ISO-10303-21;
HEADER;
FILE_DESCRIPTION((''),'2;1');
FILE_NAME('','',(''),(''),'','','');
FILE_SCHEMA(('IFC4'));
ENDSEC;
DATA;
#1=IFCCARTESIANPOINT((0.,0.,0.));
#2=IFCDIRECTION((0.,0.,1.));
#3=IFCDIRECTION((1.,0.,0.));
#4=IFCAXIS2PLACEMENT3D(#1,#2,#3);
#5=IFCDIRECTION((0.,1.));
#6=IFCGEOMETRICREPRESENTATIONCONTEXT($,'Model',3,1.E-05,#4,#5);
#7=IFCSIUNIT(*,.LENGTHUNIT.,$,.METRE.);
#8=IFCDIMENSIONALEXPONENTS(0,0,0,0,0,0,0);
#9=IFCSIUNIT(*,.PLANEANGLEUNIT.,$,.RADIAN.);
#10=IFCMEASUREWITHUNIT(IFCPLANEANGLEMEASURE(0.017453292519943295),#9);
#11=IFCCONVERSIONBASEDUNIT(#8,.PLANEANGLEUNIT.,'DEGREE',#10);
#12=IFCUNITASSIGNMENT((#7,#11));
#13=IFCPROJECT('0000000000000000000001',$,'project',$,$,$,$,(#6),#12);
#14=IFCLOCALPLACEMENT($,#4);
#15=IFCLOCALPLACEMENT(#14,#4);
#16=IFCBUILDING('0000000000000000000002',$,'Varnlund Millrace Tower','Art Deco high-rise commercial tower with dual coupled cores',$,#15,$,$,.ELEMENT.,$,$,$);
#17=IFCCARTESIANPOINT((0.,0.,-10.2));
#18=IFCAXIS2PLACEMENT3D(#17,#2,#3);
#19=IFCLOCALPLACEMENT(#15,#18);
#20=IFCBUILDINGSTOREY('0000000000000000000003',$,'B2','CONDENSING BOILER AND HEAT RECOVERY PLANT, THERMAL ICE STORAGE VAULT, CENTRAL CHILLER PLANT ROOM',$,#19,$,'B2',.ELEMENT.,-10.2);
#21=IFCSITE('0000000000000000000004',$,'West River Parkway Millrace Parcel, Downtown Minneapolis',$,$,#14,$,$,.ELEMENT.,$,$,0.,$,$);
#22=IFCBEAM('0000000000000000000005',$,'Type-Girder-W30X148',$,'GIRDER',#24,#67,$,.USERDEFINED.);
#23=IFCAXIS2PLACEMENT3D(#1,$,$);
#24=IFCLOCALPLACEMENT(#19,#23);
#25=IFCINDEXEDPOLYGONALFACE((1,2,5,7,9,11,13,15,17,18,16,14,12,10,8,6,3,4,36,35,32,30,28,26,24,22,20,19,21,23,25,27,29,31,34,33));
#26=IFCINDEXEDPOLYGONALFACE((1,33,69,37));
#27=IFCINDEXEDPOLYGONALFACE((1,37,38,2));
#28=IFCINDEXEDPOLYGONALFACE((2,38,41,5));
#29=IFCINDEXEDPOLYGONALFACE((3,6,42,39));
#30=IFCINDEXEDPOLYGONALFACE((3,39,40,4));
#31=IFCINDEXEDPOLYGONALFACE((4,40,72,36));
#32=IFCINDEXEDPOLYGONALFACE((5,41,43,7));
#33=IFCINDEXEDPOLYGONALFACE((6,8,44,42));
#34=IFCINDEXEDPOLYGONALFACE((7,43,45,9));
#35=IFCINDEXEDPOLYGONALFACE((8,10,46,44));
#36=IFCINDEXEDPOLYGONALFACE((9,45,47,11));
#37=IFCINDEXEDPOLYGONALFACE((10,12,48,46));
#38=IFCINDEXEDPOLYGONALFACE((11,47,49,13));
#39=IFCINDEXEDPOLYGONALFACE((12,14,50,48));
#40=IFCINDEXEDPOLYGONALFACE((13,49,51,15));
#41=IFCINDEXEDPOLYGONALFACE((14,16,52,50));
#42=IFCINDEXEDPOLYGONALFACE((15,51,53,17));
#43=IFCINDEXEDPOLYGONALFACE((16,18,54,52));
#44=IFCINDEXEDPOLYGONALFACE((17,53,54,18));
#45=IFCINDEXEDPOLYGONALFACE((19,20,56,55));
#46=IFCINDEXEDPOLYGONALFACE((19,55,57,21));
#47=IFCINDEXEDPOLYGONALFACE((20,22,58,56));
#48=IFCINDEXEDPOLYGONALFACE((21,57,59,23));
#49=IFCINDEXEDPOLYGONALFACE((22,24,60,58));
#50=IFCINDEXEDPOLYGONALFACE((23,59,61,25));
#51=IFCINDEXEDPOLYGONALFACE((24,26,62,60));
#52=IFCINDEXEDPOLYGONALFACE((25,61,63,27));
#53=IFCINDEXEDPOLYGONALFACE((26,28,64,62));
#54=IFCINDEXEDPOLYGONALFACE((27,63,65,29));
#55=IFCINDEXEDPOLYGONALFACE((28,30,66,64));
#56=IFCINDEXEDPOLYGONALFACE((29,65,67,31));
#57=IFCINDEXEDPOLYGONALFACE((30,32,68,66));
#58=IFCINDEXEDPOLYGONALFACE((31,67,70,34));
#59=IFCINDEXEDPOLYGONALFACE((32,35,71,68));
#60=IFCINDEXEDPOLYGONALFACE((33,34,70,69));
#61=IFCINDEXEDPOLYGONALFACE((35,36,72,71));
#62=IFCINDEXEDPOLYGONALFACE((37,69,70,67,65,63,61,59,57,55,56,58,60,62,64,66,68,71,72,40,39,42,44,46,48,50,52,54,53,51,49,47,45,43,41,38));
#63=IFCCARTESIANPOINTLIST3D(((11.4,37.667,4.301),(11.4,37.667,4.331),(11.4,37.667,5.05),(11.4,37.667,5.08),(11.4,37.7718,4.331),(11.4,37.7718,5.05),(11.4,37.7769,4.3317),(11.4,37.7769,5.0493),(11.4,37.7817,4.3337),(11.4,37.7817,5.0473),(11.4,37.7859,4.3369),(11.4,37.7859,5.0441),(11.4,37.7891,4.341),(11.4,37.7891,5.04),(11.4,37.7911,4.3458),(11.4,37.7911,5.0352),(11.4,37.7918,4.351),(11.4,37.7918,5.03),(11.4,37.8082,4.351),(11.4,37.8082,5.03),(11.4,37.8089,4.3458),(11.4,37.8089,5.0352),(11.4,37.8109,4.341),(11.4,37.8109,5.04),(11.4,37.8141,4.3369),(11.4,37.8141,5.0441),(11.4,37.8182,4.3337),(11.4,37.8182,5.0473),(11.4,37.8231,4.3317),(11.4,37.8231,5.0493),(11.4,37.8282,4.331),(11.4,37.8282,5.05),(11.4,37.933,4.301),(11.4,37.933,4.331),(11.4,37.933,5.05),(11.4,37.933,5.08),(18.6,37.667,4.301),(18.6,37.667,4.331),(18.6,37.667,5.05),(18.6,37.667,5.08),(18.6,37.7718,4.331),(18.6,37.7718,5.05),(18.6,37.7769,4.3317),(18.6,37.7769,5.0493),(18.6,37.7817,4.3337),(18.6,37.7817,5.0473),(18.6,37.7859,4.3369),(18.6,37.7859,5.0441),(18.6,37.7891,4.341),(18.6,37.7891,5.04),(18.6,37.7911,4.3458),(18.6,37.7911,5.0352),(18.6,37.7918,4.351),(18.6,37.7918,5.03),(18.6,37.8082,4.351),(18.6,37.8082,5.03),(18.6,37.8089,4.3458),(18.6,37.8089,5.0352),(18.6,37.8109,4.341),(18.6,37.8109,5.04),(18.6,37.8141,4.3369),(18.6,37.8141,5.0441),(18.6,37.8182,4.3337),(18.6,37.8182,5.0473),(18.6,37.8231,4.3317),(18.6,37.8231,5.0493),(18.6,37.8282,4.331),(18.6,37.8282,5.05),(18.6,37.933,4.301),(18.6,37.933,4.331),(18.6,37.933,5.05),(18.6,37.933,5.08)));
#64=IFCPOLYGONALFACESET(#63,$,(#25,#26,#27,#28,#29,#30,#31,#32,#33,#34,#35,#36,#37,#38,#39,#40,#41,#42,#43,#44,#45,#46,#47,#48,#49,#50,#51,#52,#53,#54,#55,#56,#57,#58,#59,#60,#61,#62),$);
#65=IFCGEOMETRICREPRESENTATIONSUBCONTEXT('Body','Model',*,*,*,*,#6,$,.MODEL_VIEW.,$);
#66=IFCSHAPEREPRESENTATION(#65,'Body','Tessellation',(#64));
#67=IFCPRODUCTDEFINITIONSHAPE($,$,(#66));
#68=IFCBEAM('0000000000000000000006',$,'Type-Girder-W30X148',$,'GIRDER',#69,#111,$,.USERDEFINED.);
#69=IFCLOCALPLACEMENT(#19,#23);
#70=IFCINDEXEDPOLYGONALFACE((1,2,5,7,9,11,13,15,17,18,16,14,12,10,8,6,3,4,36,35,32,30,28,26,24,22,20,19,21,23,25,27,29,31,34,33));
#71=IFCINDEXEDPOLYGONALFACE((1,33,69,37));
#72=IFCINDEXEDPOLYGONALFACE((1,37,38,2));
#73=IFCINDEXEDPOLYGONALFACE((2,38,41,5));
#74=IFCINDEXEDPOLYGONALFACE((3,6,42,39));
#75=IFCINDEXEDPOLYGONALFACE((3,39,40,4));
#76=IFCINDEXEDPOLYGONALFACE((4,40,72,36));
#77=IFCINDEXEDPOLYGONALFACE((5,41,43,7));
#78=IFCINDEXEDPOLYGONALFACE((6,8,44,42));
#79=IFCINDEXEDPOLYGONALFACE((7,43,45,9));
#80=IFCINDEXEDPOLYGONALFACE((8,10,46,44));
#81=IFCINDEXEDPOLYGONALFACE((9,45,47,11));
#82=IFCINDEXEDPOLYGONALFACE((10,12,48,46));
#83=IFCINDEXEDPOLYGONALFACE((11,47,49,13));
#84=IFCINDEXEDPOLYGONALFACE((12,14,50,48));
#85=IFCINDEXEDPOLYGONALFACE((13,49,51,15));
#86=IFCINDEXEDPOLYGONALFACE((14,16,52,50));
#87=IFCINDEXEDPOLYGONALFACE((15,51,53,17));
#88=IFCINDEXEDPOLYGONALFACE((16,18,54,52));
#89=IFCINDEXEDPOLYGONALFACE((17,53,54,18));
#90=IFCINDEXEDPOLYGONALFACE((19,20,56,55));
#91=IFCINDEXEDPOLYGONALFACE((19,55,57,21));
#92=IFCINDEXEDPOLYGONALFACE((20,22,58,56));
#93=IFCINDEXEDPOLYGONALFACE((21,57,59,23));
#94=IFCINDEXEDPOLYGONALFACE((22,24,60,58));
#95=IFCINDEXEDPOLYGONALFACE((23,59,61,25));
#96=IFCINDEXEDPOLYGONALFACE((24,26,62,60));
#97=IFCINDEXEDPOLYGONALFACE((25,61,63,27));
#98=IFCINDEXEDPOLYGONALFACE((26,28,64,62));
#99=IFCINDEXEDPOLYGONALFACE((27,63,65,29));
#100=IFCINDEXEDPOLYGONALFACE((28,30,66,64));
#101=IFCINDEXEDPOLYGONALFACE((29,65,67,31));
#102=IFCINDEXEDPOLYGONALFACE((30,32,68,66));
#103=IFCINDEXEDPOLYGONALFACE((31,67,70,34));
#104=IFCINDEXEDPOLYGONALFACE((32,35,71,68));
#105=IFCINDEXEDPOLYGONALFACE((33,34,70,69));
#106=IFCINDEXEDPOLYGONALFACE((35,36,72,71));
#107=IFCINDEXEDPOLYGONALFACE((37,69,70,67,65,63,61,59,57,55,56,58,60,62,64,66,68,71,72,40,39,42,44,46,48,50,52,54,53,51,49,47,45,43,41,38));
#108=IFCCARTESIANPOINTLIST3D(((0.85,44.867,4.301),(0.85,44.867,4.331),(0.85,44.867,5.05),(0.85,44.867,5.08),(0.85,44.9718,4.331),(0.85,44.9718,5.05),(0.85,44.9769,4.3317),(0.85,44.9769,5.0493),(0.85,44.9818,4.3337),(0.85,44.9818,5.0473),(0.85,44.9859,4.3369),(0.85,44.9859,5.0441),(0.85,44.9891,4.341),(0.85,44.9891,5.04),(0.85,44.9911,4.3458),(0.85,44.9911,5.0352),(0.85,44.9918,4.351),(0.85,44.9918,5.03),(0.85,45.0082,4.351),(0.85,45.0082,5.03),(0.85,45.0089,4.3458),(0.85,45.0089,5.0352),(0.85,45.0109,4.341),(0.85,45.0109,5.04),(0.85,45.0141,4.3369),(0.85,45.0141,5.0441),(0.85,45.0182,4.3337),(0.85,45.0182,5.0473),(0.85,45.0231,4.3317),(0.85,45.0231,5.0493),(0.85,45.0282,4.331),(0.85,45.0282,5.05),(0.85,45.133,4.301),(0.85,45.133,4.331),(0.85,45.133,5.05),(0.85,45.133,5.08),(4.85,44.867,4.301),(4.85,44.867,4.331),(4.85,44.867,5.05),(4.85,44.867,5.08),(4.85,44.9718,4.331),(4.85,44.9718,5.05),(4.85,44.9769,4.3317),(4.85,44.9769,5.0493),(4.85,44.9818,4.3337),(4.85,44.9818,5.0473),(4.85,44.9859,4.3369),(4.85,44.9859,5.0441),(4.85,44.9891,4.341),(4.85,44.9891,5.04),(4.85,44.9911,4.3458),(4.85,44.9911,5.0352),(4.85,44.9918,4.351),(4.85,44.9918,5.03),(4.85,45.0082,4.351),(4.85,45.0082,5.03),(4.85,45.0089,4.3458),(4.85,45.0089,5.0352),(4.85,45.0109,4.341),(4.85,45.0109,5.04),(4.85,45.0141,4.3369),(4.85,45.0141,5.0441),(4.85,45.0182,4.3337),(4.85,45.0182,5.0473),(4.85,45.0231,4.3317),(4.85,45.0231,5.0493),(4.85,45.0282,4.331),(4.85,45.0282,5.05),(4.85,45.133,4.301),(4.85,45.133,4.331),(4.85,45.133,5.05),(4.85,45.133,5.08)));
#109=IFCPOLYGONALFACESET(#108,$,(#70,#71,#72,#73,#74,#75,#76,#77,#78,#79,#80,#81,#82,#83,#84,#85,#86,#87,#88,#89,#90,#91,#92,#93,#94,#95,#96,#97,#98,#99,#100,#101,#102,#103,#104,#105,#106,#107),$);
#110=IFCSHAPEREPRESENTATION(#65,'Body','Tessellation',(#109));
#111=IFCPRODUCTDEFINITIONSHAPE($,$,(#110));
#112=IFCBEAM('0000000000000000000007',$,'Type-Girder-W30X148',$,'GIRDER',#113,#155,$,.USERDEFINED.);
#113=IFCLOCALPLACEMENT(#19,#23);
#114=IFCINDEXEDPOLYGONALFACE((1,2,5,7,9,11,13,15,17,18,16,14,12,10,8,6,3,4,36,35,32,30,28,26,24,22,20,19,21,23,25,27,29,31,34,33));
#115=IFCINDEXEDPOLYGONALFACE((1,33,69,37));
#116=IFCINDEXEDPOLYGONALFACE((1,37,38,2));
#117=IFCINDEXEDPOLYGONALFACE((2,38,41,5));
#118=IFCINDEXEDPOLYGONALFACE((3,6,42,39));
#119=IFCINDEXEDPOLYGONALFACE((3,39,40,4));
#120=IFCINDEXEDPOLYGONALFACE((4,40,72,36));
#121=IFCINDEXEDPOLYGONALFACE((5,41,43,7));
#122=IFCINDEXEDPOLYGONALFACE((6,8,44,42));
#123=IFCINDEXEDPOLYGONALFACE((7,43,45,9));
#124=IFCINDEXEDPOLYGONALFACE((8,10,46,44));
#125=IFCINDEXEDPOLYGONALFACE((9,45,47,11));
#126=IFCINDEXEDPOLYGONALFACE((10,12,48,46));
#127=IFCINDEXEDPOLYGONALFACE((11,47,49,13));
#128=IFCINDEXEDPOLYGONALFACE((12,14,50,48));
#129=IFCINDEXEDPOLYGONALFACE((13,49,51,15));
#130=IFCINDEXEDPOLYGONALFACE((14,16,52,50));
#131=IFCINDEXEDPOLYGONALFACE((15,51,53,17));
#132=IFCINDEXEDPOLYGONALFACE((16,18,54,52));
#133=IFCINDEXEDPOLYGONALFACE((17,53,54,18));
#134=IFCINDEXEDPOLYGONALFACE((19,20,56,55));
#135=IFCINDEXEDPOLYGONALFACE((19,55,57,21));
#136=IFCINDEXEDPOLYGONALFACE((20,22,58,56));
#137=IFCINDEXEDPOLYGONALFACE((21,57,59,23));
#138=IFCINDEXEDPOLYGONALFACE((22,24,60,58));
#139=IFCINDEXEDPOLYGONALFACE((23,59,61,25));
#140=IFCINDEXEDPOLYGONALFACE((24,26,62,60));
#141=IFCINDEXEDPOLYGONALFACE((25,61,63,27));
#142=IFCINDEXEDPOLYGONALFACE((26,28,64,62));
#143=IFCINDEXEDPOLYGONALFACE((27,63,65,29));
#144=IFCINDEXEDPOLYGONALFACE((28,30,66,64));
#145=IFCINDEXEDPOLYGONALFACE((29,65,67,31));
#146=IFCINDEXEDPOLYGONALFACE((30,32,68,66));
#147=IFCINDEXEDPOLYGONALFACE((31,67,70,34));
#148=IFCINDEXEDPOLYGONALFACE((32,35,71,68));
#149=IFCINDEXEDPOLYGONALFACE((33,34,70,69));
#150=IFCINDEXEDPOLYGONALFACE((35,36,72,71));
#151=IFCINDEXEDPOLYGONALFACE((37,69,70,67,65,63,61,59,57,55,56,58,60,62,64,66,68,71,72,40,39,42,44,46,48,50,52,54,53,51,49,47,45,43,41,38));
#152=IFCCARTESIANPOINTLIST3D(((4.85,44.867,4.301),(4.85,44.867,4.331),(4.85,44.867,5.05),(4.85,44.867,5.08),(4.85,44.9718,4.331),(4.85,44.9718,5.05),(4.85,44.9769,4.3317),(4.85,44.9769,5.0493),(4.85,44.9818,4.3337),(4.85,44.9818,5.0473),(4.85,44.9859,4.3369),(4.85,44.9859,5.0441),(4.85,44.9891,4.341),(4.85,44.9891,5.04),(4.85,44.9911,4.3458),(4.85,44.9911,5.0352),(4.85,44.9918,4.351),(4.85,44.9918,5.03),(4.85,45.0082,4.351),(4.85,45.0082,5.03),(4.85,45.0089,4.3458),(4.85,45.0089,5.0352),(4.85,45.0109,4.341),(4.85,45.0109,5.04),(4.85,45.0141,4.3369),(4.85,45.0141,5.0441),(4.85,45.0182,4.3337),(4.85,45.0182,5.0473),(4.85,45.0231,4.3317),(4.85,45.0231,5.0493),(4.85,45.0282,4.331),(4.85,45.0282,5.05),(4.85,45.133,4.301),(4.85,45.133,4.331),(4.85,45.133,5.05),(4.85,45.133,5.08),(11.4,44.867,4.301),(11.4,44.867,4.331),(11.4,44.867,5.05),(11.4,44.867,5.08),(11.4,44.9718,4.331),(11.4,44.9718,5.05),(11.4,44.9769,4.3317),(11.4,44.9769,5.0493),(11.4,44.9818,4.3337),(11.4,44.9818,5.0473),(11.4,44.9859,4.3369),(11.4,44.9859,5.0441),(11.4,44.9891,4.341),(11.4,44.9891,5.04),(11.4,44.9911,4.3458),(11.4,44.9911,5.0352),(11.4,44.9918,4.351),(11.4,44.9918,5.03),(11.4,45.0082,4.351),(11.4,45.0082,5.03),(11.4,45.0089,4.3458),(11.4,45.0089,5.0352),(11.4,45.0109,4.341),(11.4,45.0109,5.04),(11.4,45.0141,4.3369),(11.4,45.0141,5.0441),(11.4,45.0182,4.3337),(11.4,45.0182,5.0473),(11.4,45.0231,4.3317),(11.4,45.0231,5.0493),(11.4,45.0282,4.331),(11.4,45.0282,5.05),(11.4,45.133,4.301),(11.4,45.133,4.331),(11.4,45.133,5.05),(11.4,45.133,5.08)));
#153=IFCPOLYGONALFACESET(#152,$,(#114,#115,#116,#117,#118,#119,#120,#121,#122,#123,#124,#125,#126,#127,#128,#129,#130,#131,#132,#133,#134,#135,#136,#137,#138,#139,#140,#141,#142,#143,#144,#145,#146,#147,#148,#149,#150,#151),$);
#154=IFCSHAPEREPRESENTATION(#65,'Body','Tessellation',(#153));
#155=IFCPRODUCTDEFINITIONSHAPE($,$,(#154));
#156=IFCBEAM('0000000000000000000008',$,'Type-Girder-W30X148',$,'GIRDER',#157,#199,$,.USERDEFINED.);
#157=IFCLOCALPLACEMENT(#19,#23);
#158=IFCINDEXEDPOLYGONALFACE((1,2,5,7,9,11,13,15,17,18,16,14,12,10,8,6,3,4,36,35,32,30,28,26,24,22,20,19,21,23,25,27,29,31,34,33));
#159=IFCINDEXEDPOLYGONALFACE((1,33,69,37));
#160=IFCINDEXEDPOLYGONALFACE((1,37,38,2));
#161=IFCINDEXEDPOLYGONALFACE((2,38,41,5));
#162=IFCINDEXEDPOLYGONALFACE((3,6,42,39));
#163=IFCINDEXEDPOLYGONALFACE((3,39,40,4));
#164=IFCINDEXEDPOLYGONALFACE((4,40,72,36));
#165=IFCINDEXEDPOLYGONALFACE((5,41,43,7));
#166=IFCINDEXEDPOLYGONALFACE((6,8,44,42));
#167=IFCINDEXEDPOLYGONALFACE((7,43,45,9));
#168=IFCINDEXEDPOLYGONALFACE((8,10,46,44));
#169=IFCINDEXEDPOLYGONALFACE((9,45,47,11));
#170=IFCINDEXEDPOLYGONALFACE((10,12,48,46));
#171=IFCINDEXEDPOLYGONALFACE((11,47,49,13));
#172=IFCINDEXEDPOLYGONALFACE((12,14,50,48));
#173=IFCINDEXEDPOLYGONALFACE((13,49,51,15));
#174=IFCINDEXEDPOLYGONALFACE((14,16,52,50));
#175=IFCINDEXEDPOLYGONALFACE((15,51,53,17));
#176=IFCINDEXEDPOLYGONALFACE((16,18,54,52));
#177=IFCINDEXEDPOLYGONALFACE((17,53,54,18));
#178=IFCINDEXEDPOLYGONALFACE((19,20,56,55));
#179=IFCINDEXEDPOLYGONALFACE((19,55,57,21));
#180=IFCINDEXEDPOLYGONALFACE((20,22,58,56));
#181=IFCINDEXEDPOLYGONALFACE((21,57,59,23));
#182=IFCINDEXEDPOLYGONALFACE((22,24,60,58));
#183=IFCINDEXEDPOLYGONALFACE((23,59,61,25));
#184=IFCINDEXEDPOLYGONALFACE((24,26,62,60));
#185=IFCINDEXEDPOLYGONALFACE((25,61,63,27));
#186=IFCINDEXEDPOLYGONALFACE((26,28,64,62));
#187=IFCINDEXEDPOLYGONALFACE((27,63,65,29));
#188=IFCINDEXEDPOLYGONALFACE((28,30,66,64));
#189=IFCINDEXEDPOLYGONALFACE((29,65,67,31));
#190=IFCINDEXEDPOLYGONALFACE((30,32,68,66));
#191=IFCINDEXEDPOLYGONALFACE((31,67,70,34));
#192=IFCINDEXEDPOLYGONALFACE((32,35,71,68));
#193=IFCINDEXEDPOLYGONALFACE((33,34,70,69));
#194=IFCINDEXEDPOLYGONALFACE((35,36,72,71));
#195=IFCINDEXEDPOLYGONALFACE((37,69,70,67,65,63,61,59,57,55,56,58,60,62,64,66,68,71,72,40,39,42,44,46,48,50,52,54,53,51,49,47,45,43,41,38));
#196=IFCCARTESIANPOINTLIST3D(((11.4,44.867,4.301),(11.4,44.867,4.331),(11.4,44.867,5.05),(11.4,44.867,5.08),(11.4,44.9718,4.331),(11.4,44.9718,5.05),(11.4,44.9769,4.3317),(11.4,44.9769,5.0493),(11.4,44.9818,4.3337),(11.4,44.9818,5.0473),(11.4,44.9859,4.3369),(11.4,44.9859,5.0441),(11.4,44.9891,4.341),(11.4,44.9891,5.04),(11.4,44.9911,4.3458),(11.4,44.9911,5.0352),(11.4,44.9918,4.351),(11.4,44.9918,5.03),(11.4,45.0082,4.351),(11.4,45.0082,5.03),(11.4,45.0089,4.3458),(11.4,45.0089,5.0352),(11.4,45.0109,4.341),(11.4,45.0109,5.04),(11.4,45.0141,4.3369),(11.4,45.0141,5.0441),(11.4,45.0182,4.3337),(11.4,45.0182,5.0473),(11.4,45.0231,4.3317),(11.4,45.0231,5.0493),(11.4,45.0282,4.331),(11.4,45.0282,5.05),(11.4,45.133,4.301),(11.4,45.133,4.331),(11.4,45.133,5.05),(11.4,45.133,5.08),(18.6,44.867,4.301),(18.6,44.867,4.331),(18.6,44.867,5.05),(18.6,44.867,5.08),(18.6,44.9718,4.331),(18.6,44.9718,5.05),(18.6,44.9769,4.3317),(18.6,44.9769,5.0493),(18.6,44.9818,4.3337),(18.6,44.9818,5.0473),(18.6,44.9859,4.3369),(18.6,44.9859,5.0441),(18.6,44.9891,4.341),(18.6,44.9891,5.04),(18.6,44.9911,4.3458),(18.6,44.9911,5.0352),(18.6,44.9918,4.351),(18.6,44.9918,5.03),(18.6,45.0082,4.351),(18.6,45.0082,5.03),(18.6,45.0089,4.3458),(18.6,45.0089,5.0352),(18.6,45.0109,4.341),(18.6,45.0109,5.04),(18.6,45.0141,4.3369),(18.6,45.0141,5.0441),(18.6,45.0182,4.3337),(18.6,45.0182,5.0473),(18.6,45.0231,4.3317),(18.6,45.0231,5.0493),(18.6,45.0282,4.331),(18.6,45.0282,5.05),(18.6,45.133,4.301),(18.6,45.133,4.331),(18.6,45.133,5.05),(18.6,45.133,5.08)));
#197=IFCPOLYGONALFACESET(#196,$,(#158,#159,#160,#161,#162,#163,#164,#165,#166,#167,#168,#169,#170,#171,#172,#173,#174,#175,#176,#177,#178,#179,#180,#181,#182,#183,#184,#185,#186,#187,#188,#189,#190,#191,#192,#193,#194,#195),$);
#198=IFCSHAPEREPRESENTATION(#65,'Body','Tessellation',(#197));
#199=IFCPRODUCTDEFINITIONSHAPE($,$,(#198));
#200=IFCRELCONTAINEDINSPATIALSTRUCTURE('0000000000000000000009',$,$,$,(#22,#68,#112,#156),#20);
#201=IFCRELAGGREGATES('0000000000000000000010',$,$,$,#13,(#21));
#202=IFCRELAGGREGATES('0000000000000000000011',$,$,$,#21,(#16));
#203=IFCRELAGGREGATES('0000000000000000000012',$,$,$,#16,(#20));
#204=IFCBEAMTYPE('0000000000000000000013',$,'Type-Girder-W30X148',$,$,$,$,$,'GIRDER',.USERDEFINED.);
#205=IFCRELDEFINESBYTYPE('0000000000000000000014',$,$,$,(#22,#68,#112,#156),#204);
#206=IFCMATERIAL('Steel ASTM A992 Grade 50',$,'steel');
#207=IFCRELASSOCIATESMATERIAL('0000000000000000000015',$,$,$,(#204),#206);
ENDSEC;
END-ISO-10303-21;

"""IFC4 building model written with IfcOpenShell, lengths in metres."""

from ifc_helpers import new_model, entity, si_unit, converted_unit, direction, frame, origin_with_axes, origin_2d_with_axis, place, context, subcontext, project, spatial, i_section, extrude, material, material_profile, profile_set, type_object, element, save


model = new_model("IFC4")

# Units and contexts
model_context = context("Model", 3, precision=1e-05, world=origin_with_axes(), true_north=direction((0.0, 1.0)))
body_context = subcontext(model_context, "Body", "Model", "MODEL_VIEW")
ifc_project = project(units=[si_unit("LENGTHUNIT", "METRE"), converted_unit("PLANEANGLEUNIT", "DEGREE", entity("IfcPlaneAngleMeasure", 0.017453292519943295), si_unit("PLANEANGLEUNIT", "RADIAN"), dimensions=[0, 0, 0, 0, 0, 0, 0])], contexts=[model_context])

# Site, building, storey
site_placement = place(None, origin_with_axes())
site = spatial("IfcSite", under=ifc_project, at=site_placement, Name="West River Parkway Millrace Parcel, Downtown Minneapolis", CompositionType="ELEMENT", RefElevation=0.0)
building_placement = place(site_placement, origin_with_axes())
building = spatial("IfcBuilding", under=site, at=building_placement, Name="Varnlund Millrace Tower", Description="Art Deco high-rise commercial tower with dual coupled cores", CompositionType="ELEMENT")
storey_placement = place(building_placement, frame((0.0, 0.0, -10.2), z_axis=(0.0, 0.0, 1.0), x_axis=(1.0, 0.0, 0.0)))
storey = spatial("IfcBuildingStorey", under=building, at=storey_placement, Name="B2", Description="CONDENSING BOILER AND HEAT RECOVERY PLANT, THERMAL ICE STORAGE VAULT, CENTRAL CHILLER PLANT ROOM", LongName="B2", CompositionType="ELEMENT", Elevation=-10.2)

# Beams
ifc_material_1 = material(Name="Steel ASTM A992 Grade 50", Category="steel")
ifc_material_profile_1 = material_profile(ifc_material_1, i_section(OverallWidth=0.266, OverallDepth=0.779, WebThickness=0.0165, FlangeThickness=0.03, FilletRadius=0.02, at=origin_2d_with_axis()), Name="Steel ASTM A992 Grade 50")
ifc_profile_set_1 = profile_set([ifc_material_profile_1], Name="Steel ASTM A992 Grade 50")
beam_type_1 = type_object("IfcBeamType", Name="Type-Girder-W30X148", ElementType="GIRDER", PredefinedType="USERDEFINED", material=ifc_profile_set_1)
beam_1_placement = place(storey_placement, frame((11.4, 37.8, 4.6905), z_axis=(1.0, 0.0, 0.0), x_axis=(0.0, 1.0, 0.0)))
element("IfcBeam", 1, at=beam_1_placement, inside=storey, type_object=beam_type_1, Name="Type-Girder-W30X148", ObjectType="GIRDER", PredefinedType="USERDEFINED", context=body_context, shape_type="SweptSolid", body=[
    extrude(i_section(OverallWidth=0.266, OverallDepth=0.779, WebThickness=0.0165, FlangeThickness=0.03, FilletRadius=0.02, at=origin_2d_with_axis()), origin_with_axes(), (0.0, 0.0, 1.0), 7.2),
])
beam_2_placement = place(storey_placement, frame((0.85, 45.0, 4.6905), z_axis=(1.0, 0.0, 0.0), x_axis=(0.0, 1.0, 0.0)))
element("IfcBeam", 2, at=beam_2_placement, inside=storey, type_object=beam_type_1, Name="Type-Girder-W30X148", ObjectType="GIRDER", PredefinedType="USERDEFINED", context=body_context, shape_type="SweptSolid", body=[
    extrude(i_section(OverallWidth=0.266, OverallDepth=0.779, WebThickness=0.0165, FlangeThickness=0.03, FilletRadius=0.02, at=origin_2d_with_axis()), origin_with_axes(), (0.0, 0.0, 1.0), 4.0),
])
beam_3_placement = place(storey_placement, frame((4.85, 45.0, 4.6905), z_axis=(1.0, 0.0, 0.0), x_axis=(0.0, 1.0, 0.0)))
element("IfcBeam", 3, at=beam_3_placement, inside=storey, type_object=beam_type_1, Name="Type-Girder-W30X148", ObjectType="GIRDER", PredefinedType="USERDEFINED", context=body_context, shape_type="SweptSolid", body=[
    extrude(i_section(OverallWidth=0.266, OverallDepth=0.779, WebThickness=0.0165, FlangeThickness=0.03, FilletRadius=0.02, at=origin_2d_with_axis()), origin_with_axes(), (0.0, 0.0, 1.0), 6.55),
])
beam_4_placement = place(storey_placement, frame((11.4, 45.0, 4.6905), z_axis=(1.0, 0.0, 0.0), x_axis=(0.0, 1.0, 0.0)))
element("IfcBeam", 4, at=beam_4_placement, inside=storey, type_object=beam_type_1, Name="Type-Girder-W30X148", ObjectType="GIRDER", PredefinedType="USERDEFINED", context=body_context, shape_type="SweptSolid", body=[
    extrude(i_section(OverallWidth=0.266, OverallDepth=0.779, WebThickness=0.0165, FlangeThickness=0.03, FilletRadius=0.02, at=origin_2d_with_axis()), origin_with_axes(), (0.0, 0.0, 1.0), 7.2),
])

save(model, "model.ifc")
